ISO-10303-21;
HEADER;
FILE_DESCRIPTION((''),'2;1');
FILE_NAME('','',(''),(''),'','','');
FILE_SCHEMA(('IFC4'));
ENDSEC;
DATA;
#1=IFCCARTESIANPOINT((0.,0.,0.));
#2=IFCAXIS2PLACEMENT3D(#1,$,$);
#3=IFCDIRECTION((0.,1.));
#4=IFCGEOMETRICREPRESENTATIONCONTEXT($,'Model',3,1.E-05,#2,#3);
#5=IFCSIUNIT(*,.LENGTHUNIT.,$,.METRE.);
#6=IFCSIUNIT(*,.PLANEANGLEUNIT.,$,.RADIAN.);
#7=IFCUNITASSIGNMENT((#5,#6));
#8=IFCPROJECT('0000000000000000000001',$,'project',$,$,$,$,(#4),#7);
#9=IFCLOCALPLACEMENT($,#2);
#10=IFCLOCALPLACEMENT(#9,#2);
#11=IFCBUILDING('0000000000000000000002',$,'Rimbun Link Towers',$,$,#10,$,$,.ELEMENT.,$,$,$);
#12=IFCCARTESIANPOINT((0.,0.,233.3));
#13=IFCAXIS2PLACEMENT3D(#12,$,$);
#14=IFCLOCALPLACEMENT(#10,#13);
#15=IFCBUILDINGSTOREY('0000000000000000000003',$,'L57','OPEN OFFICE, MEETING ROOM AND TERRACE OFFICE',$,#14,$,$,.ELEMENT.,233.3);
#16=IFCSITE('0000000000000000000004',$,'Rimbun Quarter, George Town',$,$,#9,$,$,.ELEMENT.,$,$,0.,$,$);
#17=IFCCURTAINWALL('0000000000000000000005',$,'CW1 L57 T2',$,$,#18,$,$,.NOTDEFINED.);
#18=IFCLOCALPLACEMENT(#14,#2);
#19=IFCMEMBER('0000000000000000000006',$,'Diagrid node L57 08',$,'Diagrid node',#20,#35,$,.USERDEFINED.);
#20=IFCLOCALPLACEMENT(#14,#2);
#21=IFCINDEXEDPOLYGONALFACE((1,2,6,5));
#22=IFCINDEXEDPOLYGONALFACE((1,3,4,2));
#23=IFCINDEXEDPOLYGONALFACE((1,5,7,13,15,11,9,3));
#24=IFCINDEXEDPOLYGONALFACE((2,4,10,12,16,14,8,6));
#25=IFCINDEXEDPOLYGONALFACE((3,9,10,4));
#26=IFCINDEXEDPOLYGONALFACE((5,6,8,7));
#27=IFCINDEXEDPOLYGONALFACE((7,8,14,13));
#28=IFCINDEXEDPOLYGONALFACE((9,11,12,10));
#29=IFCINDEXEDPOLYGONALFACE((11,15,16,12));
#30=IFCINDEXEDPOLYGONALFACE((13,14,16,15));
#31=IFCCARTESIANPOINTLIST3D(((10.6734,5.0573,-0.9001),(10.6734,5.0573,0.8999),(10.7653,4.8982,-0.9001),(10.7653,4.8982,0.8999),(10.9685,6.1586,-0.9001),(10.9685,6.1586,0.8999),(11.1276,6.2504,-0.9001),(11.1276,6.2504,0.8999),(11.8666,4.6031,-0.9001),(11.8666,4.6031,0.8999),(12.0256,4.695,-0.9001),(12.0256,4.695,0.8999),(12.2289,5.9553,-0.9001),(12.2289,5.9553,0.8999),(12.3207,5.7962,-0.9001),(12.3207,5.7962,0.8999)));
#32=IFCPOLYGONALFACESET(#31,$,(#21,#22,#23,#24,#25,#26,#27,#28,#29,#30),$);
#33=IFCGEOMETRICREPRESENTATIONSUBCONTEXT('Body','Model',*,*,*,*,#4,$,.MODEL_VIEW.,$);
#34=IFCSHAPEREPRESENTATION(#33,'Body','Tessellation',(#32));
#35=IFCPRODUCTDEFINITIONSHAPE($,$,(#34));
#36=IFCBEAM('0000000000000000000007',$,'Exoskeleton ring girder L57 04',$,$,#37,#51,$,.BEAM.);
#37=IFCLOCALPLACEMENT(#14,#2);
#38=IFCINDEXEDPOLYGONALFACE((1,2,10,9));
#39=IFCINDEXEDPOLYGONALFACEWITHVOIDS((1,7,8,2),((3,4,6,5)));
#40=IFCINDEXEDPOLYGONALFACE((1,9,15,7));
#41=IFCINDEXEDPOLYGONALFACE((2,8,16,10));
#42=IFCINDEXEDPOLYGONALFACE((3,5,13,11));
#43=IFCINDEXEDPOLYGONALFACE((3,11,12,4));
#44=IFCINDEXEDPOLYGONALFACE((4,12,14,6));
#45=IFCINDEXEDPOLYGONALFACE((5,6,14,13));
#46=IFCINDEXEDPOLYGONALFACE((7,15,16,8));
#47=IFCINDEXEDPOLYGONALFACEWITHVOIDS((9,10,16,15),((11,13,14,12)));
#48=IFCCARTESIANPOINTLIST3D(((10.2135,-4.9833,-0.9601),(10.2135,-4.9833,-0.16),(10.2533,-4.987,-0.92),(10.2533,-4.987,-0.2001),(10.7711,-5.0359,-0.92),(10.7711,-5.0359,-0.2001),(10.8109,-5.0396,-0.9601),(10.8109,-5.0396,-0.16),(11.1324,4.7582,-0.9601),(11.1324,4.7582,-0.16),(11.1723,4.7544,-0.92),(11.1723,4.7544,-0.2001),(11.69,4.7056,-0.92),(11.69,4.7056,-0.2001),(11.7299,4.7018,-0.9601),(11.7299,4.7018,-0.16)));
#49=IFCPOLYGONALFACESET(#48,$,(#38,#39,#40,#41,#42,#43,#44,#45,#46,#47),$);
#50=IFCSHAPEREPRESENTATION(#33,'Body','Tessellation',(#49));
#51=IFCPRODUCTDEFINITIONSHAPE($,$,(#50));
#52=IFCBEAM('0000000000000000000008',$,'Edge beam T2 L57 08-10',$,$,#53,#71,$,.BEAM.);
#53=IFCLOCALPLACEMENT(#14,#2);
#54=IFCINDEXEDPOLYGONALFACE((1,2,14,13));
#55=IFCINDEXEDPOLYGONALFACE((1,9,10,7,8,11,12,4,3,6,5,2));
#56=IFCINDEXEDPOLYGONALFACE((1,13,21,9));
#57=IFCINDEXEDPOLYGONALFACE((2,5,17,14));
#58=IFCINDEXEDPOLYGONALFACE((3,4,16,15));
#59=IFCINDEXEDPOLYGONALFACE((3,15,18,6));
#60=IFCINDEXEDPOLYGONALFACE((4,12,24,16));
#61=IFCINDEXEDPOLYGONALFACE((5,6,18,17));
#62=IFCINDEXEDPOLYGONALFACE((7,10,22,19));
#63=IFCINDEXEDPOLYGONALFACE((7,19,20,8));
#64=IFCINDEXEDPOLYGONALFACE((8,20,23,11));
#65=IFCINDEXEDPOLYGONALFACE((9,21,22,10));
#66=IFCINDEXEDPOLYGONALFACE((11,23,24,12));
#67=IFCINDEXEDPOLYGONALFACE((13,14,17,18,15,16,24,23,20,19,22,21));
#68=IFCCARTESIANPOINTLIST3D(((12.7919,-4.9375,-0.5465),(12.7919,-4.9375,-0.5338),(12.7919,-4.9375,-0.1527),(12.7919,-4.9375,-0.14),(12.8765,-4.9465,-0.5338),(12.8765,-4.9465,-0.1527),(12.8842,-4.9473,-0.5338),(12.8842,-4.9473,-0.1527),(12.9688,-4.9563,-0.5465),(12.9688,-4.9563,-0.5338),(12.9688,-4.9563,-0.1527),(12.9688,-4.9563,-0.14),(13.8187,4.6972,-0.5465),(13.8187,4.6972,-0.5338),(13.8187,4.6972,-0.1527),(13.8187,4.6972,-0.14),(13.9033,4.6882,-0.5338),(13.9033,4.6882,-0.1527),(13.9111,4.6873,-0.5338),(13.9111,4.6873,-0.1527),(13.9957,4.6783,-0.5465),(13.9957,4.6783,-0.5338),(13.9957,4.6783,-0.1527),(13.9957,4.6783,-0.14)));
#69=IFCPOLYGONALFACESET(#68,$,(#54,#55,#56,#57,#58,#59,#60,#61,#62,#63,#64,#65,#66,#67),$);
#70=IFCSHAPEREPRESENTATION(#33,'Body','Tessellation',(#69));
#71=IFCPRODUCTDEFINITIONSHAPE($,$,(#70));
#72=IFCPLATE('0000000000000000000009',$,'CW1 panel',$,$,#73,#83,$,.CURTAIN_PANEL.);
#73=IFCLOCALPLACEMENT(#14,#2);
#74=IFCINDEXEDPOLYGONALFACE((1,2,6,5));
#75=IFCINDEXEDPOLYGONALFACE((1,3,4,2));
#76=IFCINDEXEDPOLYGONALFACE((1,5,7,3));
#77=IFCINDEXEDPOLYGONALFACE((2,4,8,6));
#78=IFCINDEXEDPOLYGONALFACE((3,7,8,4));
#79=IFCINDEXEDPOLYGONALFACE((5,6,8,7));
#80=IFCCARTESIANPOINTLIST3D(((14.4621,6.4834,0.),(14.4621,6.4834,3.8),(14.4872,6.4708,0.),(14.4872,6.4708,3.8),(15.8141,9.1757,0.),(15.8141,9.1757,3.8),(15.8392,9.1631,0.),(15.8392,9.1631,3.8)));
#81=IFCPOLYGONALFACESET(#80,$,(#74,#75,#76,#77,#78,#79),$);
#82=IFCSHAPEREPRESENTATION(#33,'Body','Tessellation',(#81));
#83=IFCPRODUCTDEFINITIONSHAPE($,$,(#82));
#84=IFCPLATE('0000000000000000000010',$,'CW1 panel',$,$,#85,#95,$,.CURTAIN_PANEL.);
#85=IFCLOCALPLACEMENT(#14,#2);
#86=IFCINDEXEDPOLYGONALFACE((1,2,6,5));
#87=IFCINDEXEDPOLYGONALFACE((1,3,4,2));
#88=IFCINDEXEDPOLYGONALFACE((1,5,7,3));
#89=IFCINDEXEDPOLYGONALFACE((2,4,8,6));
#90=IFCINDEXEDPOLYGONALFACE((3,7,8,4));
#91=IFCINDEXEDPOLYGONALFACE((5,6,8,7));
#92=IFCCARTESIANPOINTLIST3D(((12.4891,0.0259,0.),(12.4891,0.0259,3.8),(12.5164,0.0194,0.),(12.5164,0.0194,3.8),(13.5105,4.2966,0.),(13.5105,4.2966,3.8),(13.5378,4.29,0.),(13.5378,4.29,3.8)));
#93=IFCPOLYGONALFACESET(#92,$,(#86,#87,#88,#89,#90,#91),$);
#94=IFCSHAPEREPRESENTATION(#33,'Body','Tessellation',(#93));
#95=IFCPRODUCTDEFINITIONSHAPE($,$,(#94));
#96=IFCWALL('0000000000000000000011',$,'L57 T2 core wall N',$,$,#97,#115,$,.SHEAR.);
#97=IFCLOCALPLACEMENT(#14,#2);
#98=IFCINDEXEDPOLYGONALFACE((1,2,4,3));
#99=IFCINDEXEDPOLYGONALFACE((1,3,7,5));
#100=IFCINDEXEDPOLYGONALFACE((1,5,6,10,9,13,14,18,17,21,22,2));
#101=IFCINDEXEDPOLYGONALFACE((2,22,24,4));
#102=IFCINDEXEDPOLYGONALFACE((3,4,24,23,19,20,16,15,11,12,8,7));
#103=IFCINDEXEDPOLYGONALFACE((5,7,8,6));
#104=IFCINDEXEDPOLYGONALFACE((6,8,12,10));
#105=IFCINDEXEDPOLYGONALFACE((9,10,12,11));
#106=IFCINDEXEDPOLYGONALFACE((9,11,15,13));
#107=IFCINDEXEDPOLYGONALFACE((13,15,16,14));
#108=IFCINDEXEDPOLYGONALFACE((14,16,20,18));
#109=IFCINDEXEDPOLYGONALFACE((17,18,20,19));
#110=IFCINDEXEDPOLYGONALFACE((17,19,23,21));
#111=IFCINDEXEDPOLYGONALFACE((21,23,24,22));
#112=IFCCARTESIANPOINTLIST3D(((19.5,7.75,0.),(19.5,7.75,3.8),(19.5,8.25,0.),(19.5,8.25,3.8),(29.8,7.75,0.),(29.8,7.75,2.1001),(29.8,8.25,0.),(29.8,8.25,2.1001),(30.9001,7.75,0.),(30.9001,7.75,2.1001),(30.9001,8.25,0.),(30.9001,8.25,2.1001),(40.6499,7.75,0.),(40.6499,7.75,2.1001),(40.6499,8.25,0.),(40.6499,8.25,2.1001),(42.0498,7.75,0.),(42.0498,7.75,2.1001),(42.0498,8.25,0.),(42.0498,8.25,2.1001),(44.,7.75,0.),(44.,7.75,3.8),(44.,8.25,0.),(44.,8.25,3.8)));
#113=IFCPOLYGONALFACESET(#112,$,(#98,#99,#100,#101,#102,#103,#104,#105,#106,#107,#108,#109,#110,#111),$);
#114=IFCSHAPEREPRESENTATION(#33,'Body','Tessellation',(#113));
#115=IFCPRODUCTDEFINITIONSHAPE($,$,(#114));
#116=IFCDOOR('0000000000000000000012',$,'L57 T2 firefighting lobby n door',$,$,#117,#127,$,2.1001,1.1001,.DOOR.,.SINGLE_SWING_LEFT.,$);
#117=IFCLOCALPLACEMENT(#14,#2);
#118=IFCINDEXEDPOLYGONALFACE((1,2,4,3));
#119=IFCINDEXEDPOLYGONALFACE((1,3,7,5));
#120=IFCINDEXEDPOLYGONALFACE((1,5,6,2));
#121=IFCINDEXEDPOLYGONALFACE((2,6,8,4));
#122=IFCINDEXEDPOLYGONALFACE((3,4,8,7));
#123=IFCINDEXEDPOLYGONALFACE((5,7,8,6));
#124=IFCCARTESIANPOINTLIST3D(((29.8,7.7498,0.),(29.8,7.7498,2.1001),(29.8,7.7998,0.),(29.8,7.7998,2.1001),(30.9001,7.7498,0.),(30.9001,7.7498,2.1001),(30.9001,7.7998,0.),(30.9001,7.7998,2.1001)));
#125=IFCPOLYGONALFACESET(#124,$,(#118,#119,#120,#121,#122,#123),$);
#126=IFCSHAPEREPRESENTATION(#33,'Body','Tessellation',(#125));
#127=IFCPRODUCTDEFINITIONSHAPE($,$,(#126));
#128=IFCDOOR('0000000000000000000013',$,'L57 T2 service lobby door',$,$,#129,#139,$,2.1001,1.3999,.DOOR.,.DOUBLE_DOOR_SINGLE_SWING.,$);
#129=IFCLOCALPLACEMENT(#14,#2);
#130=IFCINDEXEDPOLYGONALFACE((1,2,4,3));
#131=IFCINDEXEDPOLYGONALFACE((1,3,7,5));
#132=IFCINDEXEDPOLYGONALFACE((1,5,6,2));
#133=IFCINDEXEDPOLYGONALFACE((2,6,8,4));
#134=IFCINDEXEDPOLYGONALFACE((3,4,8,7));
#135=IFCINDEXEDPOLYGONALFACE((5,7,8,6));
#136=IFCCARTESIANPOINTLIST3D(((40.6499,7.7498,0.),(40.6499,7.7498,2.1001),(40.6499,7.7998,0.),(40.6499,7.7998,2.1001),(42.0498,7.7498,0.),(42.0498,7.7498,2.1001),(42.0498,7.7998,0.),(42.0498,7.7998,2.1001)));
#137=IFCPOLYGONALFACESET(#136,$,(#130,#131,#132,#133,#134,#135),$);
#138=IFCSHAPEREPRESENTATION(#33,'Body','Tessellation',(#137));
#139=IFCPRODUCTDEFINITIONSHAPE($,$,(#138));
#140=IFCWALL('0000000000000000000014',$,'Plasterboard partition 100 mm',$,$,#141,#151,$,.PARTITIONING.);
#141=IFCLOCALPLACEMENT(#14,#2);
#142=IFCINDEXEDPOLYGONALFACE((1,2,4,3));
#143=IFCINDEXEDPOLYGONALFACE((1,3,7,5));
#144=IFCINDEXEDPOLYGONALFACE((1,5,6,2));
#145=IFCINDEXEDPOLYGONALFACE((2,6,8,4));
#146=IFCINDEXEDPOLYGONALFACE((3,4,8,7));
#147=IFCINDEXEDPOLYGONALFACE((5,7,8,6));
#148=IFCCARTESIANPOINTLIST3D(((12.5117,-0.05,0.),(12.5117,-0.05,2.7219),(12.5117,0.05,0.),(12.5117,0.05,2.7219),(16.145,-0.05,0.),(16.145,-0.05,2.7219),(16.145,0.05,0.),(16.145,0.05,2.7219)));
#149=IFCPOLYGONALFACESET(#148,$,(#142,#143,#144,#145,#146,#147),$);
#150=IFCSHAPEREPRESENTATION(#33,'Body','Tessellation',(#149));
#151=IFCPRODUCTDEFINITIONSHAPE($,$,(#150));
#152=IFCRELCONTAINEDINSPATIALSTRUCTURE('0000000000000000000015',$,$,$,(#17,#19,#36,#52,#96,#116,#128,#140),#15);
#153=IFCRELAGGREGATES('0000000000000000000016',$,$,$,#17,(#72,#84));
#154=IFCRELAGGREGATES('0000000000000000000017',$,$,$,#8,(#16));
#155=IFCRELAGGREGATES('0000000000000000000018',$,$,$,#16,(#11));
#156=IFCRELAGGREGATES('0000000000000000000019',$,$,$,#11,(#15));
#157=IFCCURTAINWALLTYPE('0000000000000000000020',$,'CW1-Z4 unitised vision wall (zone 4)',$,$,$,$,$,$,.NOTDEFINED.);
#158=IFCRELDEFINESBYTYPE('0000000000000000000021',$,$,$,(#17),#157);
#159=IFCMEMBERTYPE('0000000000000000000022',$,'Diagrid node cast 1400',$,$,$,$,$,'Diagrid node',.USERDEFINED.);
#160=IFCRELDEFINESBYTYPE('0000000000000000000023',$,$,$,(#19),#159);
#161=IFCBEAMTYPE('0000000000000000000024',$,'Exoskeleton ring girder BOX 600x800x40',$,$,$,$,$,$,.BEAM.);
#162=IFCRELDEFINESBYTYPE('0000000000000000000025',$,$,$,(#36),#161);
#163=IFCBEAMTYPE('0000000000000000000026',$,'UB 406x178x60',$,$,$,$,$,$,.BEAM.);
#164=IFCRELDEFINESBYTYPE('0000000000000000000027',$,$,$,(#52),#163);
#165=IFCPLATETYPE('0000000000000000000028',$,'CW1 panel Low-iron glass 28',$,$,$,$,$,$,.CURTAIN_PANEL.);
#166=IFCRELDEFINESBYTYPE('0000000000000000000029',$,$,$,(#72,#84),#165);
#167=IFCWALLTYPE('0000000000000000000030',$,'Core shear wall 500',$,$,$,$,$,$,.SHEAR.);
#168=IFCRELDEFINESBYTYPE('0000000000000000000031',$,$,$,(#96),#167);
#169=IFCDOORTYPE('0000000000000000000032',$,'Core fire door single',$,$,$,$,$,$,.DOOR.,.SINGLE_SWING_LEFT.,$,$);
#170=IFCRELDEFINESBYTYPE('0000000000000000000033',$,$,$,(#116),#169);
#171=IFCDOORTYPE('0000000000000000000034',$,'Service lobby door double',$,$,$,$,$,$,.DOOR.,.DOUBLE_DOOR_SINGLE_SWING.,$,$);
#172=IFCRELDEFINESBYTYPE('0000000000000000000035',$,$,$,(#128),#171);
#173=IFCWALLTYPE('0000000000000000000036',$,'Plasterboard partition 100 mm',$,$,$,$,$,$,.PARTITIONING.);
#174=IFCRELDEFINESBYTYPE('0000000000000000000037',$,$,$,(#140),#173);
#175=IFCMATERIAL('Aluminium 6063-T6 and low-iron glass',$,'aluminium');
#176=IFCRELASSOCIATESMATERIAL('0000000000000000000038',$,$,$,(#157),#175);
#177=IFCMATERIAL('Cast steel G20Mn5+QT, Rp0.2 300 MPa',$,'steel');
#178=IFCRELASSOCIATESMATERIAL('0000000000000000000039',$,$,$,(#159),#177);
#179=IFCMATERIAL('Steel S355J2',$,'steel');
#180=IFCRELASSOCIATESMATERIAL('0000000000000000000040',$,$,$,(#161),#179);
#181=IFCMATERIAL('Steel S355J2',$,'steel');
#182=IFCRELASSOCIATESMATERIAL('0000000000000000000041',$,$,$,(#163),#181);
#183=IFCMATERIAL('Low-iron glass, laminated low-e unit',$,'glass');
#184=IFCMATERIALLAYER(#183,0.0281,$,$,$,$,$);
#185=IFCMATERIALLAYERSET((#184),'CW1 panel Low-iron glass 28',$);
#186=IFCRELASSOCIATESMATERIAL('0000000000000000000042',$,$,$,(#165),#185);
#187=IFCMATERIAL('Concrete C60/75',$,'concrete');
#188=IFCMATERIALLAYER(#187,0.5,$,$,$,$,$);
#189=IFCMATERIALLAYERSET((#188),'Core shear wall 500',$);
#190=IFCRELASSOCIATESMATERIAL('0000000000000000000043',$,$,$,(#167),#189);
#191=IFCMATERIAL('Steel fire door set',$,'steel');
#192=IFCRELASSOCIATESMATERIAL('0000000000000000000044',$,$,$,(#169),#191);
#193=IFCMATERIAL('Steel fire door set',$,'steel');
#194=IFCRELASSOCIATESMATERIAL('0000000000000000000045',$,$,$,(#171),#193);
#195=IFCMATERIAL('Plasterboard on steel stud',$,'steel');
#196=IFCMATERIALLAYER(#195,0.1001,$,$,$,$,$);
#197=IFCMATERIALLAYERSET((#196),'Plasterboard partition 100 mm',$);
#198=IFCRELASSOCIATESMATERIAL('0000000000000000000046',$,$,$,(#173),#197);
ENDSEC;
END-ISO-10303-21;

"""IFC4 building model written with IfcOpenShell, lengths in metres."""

from ifc_helpers import new_model, si_unit, direction, frame, frame_2d, origin, origin_2d, place, context, subcontext, project, spatial, polyline, rectangle, hollow_rectangle, i_section, outline, extrude, material, layer, layer_set, material_profile, profile_set, type_object, element, fill, aggregate, save


model = new_model("IFC4")

# Units and contexts
model_context = context("Model", 3, precision=1e-05, world=origin(), true_north=direction((0.0, 1.0)))
body_context = subcontext(model_context, "Body", "Model", "MODEL_VIEW")
ifc_project = project(units=[si_unit("LENGTHUNIT", "METRE"), si_unit("PLANEANGLEUNIT", "RADIAN")], contexts=[model_context])

# Site, building, storey
site_placement = place(None, origin())
site = spatial("IfcSite", under=ifc_project, at=site_placement, Name="Rimbun Quarter, George Town", CompositionType="ELEMENT", RefElevation=0.0)
building_placement = place(site_placement, origin())
building = spatial("IfcBuilding", under=site, at=building_placement, Name="Rimbun Link Towers", CompositionType="ELEMENT")
storey_placement = place(building_placement, frame((0.0, 0.0, 233.3)))
storey = spatial("IfcBuildingStorey", under=building, at=storey_placement, Name="L57", Description="OPEN OFFICE, MEETING ROOM AND TERRACE OFFICE", CompositionType="ELEMENT", Elevation=233.3)

# Curtain wall
ifc_material_1 = material(Name="Aluminium 6063-T6 and low-iron glass", Category="aluminium")
curtain_wall_type = type_object("IfcCurtainWallType", Name="CW1-Z4 unitised vision wall (zone 4)", PredefinedType="NOTDEFINED", material=ifc_material_1)
curtain_wall_placement = place(storey_placement, origin())
curtain_wall = element("IfcCurtainWall", 1, at=curtain_wall_placement, inside=storey, type_object=curtain_wall_type, Name="CW1 L57 T2", PredefinedType="NOTDEFINED")

# Member
ifc_material_2 = material(Name="Cast steel G20Mn5+QT, Rp0.2 300 MPa", Category="steel")
ifc_material_profile_1 = material_profile(ifc_material_2, outline(polyline([(0.7, -0.5701), (0.7, 0.5701), (0.5701, 0.7), (-0.5701, 0.7), (-0.7, 0.5701), (-0.7, -0.5701), (-0.5701, -0.7), (0.5701, -0.7), (0.7, -0.5701)])), Name="NODE 1400x1400")
ifc_profile_set_1 = profile_set([ifc_material_profile_1], Name="Cast steel G20Mn5+QT, Rp0.2 300 MPa")
member_type_1 = type_object("IfcMemberType", Name="Diagrid node cast 1400", ElementType="Diagrid node", PredefinedType="USERDEFINED", material=ifc_profile_set_1)
member_1_placement = place(storey_placement, frame((11.4971, 5.4268, -0.9001), z_axis=(0.0, 0.0, 1.0), x_axis=(-0.965926, 0.258819, 0.0)))
element("IfcMember", 2, at=member_1_placement, inside=storey, type_object=member_type_1, Name="Diagrid node L57 08", ObjectType="Diagrid node", PredefinedType="USERDEFINED", context=body_context, shape_type="SweptSolid", body=[
    extrude(outline(polyline([(0.7, -0.5701), (0.7, 0.5701), (0.5701, 0.7), (-0.5701, 0.7), (-0.7, 0.5701), (-0.7, -0.5701), (-0.5701, -0.7), (0.5701, -0.7), (0.7, -0.5701)])), origin(), (0.0, 0.0, 1.0), 1.8),
])

# Beams
ifc_material_3 = material(Name="Steel S355J2", Category="steel")
ifc_material_profile_2 = material_profile(ifc_material_3, hollow_rectangle(XDim=0.6001, YDim=0.8, WallThickness=0.04, at=origin_2d()), Name="Exoskeleton ring girder BOX 600x800x40")
ifc_profile_set_2 = profile_set([ifc_material_profile_2], Name="Steel S355J2")
beam_type_1 = type_object("IfcBeamType", Name="Exoskeleton ring girder BOX 600x800x40", PredefinedType="BEAM", material=ifc_profile_set_2)
beam_1_placement = place(storey_placement, frame((11.4312, 4.73, -0.5601), z_axis=(-0.093917, -0.99558, 0.0), x_axis=(0.99558, -0.093917, 0.0)))
element("IfcBeam", 3, at=beam_1_placement, inside=storey, type_object=beam_type_1, Name="Exoskeleton ring girder L57 04", PredefinedType="BEAM", context=body_context, shape_type="SweptSolid", body=[
    extrude(hollow_rectangle(XDim=0.6001, YDim=0.8, WallThickness=0.04, at=origin_2d()), origin(), (0.0, 0.0, 1.0), 9.7847),
])
ifc_material_4 = material(Name="Steel S355J2", Category="steel")
ifc_material_profile_3 = material_profile(ifc_material_4, i_section(OverallWidth=0.178, OverallDepth=0.4065, WebThickness=0.0078, FlangeThickness=0.0127, at=origin_2d()), Name="UB 406x178x60")
ifc_profile_set_3 = profile_set([ifc_material_profile_3], Name="Steel S355J2")
beam_type_2 = type_object("IfcBeamType", Name="UB 406x178x60", PredefinedType="BEAM", material=ifc_profile_set_3)
beam_2_placement = place(storey_placement, frame((13.9072, 4.6877, -0.3433), z_axis=(-0.105981, -0.994368, 0.0), x_axis=(0.994368, -0.105981, 0.0)))
element("IfcBeam", 4, at=beam_2_placement, inside=storey, type_object=beam_type_2, Name="Edge beam T2 L57 08-10", PredefinedType="BEAM", context=body_context, shape_type="SweptSolid", body=[
    extrude(i_section(OverallWidth=0.178, OverallDepth=0.4065, WebThickness=0.0078, FlangeThickness=0.0127, at=origin_2d()), origin(), (0.0, 0.0, 1.0), 9.6892),
])

# Plates
ifc_material_5 = material(Name="Low-iron glass, laminated low-e unit", Category="glass")
ifc_layer_1 = layer(ifc_material_5, 0.0281)
ifc_layer_set_1 = layer_set([ifc_layer_1], Name="CW1 panel Low-iron glass 28")
plate_type = type_object("IfcPlateType", Name="CW1 panel Low-iron glass 28", PredefinedType="CURTAIN_PANEL", material=ifc_layer_set_1)
plate_1_placement = place(storey_placement, frame((15.1506, 7.8232, 0.0), z_axis=(0.0, 0.0, 1.0), x_axis=(0.448779, 0.893643, 0.0)))
plate_1 = element("IfcPlate", 5, at=plate_1_placement, type_object=plate_type, Name="CW1 panel", PredefinedType="CURTAIN_PANEL", context=body_context, shape_type="SweptSolid", body=[
    extrude(rectangle(XDim=3.0127, YDim=0.0281, at=origin_2d()), origin(), (0.0, 0.0, 1.0), 3.8),
])
plate_2_placement = place(storey_placement, frame((13.0134, 2.158, 0.0), z_axis=(0.0, 0.0, 1.0), x_axis=(0.232603, 0.972572, 0.0)))
plate_2 = element("IfcPlate", 6, at=plate_2_placement, type_object=plate_type, Name="CW1 panel", PredefinedType="CURTAIN_PANEL", context=body_context, shape_type="SweptSolid", body=[
    extrude(rectangle(XDim=4.3911, YDim=0.0281, at=origin_2d()), origin(), (0.0, 0.0, 1.0), 3.8),
])
aggregate(curtain_wall, [plate_1, plate_2])

# Wall, openings, doors
ifc_material_6 = material(Name="Concrete C60/75", Category="concrete")
ifc_layer_2 = layer(ifc_material_6, 0.5)
ifc_layer_set_2 = layer_set([ifc_layer_2], Name="Core shear wall 500")
wall_type_1 = type_object("IfcWallType", Name="Core shear wall 500", PredefinedType="SHEAR", material=ifc_layer_set_2)
wall_1_placement = place(storey_placement, frame((19.5, 8.0, 0.0), z_axis=(0.0, 0.0, 1.0), x_axis=(1.0, 0.0, 0.0)))
wall_1 = element("IfcWall", 7, at=wall_1_placement, inside=storey, type_object=wall_type_1, Name="L57 T2 core wall N", PredefinedType="SHEAR", context=body_context, shape_type="SweptSolid", body=[
    extrude(rectangle(XDim=24.5, YDim=0.5, at=frame_2d((12.25, 0.0))), origin(), (0.0, 0.0, 1.0), 3.8),
])
opening_1_placement = place(wall_1_placement, frame((10.3, 0.0, 0.0)))
opening_1 = element("IfcOpeningElement", 8, at=opening_1_placement, cuts=wall_1, PredefinedType="OPENING", context=body_context, shape_type="SweptSolid", body=[
    extrude(rectangle(XDim=1.1001, YDim=2.1001, at=frame_2d((0.55, 1.05))), frame((0.0, 0.26, 0.0), z_axis=(0.0, -1.0, 0.0), x_axis=(1.0, 0.0, 0.0)), (0.0, 0.0, 1.0), 0.52),
])
opening_2_placement = place(wall_1_placement, frame((21.1499, 0.0, 0.0)))
opening_2 = element("IfcOpeningElement", 9, at=opening_2_placement, cuts=wall_1, PredefinedType="OPENING", context=body_context, shape_type="SweptSolid", body=[
    extrude(rectangle(XDim=1.3999, YDim=2.1001, at=frame_2d((0.7, 1.05))), frame((0.0, 0.26, 0.0), z_axis=(0.0, -1.0, 0.0), x_axis=(1.0, 0.0, 0.0)), (0.0, 0.0, 1.0), 0.52),
])
ifc_material_7 = material(Name="Steel fire door set", Category="steel")
door_type_1 = type_object("IfcDoorType", Name="Core fire door single", OperationType="SINGLE_SWING_LEFT", PredefinedType="DOOR", material=ifc_material_7)
door_1_placement = place(opening_1_placement, origin())
door_1 = element("IfcDoor", 10, at=door_1_placement, inside=storey, type_object=door_type_1, Name="L57 T2 firefighting lobby n door", OperationType="SINGLE_SWING_LEFT", OverallHeight=2.1001, OverallWidth=1.1001, PredefinedType="DOOR", context=body_context, shape_type="SweptSolid", body=[
    extrude(rectangle(XDim=1.1001, YDim=2.1001, at=frame_2d((0.55, 1.05))), frame((0.0, -0.2002, 0.0), z_axis=(0.0, -1.0, 0.0), x_axis=(1.0, 0.0, 0.0)), (0.0, 0.0, 1.0), 0.05),
])
fill(opening_1, door_1)
ifc_material_8 = material(Name="Steel fire door set", Category="steel")
door_type_2 = type_object("IfcDoorType", Name="Service lobby door double", OperationType="DOUBLE_DOOR_SINGLE_SWING", PredefinedType="DOOR", material=ifc_material_8)
door_2_placement = place(opening_2_placement, origin())
door_2 = element("IfcDoor", 11, at=door_2_placement, inside=storey, type_object=door_type_2, Name="L57 T2 service lobby door", OperationType="DOUBLE_DOOR_SINGLE_SWING", OverallHeight=2.1001, OverallWidth=1.3999, PredefinedType="DOOR", context=body_context, shape_type="SweptSolid", body=[
    extrude(rectangle(XDim=1.3999, YDim=2.1001, at=frame_2d((0.7, 1.05))), frame((0.0, -0.2002, 0.0), z_axis=(0.0, -1.0, 0.0), x_axis=(1.0, 0.0, 0.0)), (0.0, 0.0, 1.0), 0.05),
])
fill(opening_2, door_2)

# Wall
ifc_material_9 = material(Name="Plasterboard on steel stud", Category="steel")
ifc_layer_3 = layer(ifc_material_9, 0.1001)
ifc_layer_set_3 = layer_set([ifc_layer_3], Name="Plasterboard partition 100 mm")
wall_type_2 = type_object("IfcWallType", Name="Plasterboard partition 100 mm", PredefinedType="PARTITIONING", material=ifc_layer_set_3)
wall_2_placement = place(storey_placement, frame((12.5117, 0.0, 0.0), z_axis=(0.0, 0.0, 1.0), x_axis=(1.0, 0.0, 0.0)))
element("IfcWall", 12, at=wall_2_placement, inside=storey, type_object=wall_type_2, Name="Plasterboard partition 100 mm", PredefinedType="PARTITIONING", context=body_context, shape_type="SweptSolid", body=[
    extrude(rectangle(XDim=3.6333, YDim=0.1001, at=frame_2d((1.8167, 0.0))), origin(), (0.0, 0.0, 1.0), 2.7219),
])

save(model, "model.ifc")
